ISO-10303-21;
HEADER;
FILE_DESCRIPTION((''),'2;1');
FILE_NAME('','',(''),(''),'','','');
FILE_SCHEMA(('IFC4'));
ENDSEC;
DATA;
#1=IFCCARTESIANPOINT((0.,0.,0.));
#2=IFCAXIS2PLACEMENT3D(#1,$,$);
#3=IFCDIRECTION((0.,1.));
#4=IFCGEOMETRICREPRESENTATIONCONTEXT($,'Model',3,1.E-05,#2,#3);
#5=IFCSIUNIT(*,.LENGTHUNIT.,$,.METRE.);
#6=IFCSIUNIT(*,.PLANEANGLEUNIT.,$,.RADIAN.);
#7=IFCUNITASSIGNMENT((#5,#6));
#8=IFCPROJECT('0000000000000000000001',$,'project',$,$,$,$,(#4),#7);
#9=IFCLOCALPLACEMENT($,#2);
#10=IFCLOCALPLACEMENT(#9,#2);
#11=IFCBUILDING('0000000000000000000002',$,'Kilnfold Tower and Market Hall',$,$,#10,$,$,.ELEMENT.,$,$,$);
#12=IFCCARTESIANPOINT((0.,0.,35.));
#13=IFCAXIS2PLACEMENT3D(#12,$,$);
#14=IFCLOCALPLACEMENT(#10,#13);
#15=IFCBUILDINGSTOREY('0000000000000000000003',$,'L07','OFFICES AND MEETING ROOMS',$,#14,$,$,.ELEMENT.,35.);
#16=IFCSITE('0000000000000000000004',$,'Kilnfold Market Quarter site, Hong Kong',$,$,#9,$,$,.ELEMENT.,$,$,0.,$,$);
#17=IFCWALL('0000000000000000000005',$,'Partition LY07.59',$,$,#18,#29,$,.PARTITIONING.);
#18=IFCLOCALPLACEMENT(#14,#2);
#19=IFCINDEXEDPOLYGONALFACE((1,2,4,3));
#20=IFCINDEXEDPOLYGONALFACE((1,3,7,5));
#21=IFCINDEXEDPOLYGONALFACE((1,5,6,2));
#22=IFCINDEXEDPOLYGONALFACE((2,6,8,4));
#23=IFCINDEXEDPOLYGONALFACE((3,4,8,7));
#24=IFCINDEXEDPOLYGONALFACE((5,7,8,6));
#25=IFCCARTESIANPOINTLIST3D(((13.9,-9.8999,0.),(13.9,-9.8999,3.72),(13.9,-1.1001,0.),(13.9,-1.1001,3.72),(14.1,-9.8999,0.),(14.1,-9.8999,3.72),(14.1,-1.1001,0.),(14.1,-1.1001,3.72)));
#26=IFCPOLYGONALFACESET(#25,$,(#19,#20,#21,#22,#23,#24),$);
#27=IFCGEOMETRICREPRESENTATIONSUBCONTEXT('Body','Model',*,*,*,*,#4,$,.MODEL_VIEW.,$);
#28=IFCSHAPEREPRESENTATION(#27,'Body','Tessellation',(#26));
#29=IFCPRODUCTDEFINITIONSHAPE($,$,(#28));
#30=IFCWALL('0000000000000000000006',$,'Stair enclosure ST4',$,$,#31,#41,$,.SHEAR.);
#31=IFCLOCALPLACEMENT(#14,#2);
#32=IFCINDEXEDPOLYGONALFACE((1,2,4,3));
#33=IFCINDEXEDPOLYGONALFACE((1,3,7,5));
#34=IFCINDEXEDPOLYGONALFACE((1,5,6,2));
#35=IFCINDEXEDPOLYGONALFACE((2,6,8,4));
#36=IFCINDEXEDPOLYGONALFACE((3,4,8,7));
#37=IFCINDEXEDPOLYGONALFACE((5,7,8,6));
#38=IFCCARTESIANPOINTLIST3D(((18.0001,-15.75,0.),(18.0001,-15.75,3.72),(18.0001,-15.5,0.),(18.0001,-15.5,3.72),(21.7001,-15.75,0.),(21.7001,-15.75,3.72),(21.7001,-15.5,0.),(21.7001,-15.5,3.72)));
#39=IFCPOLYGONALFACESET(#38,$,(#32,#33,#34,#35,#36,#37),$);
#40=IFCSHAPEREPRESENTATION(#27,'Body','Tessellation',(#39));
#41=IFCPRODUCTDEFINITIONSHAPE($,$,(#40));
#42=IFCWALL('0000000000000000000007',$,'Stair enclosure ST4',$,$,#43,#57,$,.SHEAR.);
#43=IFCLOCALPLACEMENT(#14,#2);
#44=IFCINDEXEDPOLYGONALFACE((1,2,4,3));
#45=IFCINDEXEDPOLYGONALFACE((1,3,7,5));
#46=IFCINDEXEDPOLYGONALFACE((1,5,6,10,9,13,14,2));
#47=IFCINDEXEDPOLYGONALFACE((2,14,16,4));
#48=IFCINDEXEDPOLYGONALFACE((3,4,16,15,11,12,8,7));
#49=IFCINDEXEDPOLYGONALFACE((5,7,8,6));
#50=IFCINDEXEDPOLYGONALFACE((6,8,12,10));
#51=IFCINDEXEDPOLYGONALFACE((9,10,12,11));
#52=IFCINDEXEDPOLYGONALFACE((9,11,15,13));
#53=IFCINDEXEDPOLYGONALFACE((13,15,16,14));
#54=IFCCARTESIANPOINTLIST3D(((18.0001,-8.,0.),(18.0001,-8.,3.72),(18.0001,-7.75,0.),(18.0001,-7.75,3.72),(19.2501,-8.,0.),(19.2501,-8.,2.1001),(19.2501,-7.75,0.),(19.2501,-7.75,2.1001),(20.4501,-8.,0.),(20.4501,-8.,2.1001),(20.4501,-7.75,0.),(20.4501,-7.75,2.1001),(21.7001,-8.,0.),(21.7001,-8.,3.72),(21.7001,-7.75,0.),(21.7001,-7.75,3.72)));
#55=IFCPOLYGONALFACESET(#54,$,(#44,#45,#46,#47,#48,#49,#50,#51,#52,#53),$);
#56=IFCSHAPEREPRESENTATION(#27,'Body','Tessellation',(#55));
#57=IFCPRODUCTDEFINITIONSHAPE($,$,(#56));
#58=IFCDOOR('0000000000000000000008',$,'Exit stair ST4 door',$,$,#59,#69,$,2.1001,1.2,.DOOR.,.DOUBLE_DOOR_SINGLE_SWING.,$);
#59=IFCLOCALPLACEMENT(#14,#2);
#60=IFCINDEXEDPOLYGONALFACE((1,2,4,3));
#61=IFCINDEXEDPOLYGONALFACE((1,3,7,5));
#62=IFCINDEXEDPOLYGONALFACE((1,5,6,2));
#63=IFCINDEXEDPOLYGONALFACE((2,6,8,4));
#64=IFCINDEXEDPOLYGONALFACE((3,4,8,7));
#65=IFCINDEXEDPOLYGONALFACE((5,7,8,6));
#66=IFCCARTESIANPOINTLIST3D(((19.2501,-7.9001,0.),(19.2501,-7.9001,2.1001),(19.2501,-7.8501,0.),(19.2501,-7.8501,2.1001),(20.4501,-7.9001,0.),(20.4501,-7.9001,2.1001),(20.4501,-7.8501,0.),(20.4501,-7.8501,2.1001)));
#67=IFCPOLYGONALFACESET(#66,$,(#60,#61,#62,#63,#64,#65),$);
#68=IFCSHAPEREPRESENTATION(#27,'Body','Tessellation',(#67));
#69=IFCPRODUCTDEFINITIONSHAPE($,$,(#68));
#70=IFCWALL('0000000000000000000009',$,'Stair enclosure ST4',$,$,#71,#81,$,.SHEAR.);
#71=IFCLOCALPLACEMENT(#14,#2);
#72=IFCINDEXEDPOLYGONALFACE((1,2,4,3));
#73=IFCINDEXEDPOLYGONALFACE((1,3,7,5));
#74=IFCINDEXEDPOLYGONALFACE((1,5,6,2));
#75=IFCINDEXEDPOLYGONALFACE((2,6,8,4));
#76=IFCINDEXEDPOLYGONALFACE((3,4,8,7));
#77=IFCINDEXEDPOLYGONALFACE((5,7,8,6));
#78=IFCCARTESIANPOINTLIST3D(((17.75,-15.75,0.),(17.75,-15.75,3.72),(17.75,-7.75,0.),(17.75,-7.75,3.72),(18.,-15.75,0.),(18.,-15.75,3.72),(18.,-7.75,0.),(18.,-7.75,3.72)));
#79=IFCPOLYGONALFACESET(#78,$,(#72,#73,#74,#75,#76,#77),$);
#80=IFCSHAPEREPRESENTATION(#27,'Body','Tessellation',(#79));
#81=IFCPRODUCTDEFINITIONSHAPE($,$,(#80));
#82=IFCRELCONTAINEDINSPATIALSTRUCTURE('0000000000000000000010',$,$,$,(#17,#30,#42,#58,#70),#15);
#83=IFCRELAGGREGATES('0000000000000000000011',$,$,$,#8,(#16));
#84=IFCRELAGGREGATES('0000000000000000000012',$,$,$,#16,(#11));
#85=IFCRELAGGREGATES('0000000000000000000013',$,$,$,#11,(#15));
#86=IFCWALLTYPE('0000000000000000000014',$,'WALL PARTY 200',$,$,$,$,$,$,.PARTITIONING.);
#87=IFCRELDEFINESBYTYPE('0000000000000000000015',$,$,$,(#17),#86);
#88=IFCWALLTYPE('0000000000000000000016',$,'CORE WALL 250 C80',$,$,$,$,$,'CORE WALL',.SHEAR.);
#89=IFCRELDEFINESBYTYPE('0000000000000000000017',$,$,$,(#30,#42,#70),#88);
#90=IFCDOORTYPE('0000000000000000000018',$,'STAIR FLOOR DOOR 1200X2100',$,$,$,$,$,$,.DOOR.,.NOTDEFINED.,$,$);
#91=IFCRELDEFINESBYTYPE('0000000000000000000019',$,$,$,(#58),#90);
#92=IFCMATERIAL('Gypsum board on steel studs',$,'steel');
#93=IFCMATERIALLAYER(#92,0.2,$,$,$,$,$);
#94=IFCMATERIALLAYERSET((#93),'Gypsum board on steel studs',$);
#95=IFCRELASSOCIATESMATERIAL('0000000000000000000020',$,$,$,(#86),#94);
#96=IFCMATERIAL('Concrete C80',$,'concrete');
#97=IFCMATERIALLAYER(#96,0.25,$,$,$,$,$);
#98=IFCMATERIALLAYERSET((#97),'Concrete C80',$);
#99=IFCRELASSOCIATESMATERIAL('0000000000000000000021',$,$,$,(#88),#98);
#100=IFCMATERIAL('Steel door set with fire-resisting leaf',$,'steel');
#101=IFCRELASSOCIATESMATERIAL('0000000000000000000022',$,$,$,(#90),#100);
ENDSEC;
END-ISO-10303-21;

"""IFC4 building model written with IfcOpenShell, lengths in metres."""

from ifc_helpers import new_model, si_unit, direction, frame, frame_2d, origin, place, context, subcontext, project, spatial, rectangle, extrude, source, transform, mapped, material, layer, layer_set, type_object, element, fill, save


model = new_model("IFC4")

# Units and contexts
model_context = context("Model", 3, precision=1e-05, world=origin(), true_north=direction((0.0, 1.0)))
body_context = subcontext(model_context, "Body", "Model", "MODEL_VIEW")
ifc_project = project(units=[si_unit("LENGTHUNIT", "METRE"), si_unit("PLANEANGLEUNIT", "RADIAN")], contexts=[model_context])

# Site, building, storey
site_placement = place(None, origin())
site = spatial("IfcSite", under=ifc_project, at=site_placement, Name="Kilnfold Market Quarter site, Hong Kong", CompositionType="ELEMENT", RefElevation=0.0)
building_placement = place(site_placement, origin())
building = spatial("IfcBuilding", under=site, at=building_placement, Name="Kilnfold Tower and Market Hall", CompositionType="ELEMENT")
storey_placement = place(building_placement, frame((0.0, 0.0, 35.0)))
storey = spatial("IfcBuildingStorey", under=building, at=storey_placement, Name="L07", Description="OFFICES AND MEETING ROOMS", CompositionType="ELEMENT", Elevation=35.0)

# Shared definitions
ifc_material_1 = material(Name="Gypsum board on steel studs", Category="steel")
ifc_layer_1 = layer(ifc_material_1, 0.2)
ifc_layer_set_1 = layer_set([ifc_layer_1], Name="Gypsum board on steel studs")
wall_type_1 = type_object("IfcWallType", Name="WALL PARTY 200", PredefinedType="PARTITIONING", material=ifc_layer_set_1)

# Walls
wall_1_placement = place(storey_placement, frame((14.0, -9.8999, 0.0), z_axis=(0.0, 0.0, 1.0), x_axis=(0.0, 1.0, 0.0)))
element("IfcWall", 1, at=wall_1_placement, inside=storey, type_object=wall_type_1, Name="Partition LY07.59", PredefinedType="PARTITIONING", context=body_context, shape_type="SweptSolid", body=[
    extrude(rectangle(XDim=8.7998, YDim=0.2, at=frame_2d((4.3999, 0.0))), origin(), (0.0, 0.0, 1.0), 3.72),
])
ifc_material_2 = material(Name="Concrete C80", Category="concrete")
ifc_layer_2 = layer(ifc_material_2, 0.25)
ifc_layer_set_2 = layer_set([ifc_layer_2], Name="Concrete C80")
wall_type_2 = type_object("IfcWallType", Name="CORE WALL 250 C80", ElementType="CORE WALL", PredefinedType="SHEAR", material=ifc_layer_set_2)
shared_shape_1 = source(origin(), body_context, "Body", "SweptSolid", [
    extrude(rectangle(XDim=3.7, YDim=0.25, at=frame_2d((1.8501, 0.0))), origin(), (0.0, 0.0, 1.0), 3.72),
])
wall_2_placement = place(storey_placement, frame((18.0, -15.625, 0.0), z_axis=(0.0, 0.0, 1.0), x_axis=(1.0, 0.0, 0.0)))
element("IfcWall", 2, at=wall_2_placement, inside=storey, type_object=wall_type_2, Name="Stair enclosure ST4", PredefinedType="SHEAR", context=body_context, shape_type="MappedRepresentation", body=[
    mapped(shared_shape_1, transform((0.0, 0.0, 0.0))),
])

# Wall, opening, door
wall_3_placement = place(storey_placement, frame((18.0, -7.875, 0.0), z_axis=(0.0, 0.0, 1.0), x_axis=(1.0, 0.0, 0.0)))
wall_3 = element("IfcWall", 3, at=wall_3_placement, inside=storey, type_object=wall_type_2, Name="Stair enclosure ST4", PredefinedType="SHEAR", context=body_context, shape_type="MappedRepresentation", body=[
    mapped(shared_shape_1, transform((0.0, 0.0, 0.0))),
])
opening_1_placement = place(wall_3_placement, frame((1.25, 0.0, 0.0)))
opening_1 = element("IfcOpeningElement", 4, at=opening_1_placement, cuts=wall_3, PredefinedType="OPENING", context=body_context, shape_type="SweptSolid", body=[
    extrude(rectangle(XDim=1.2, YDim=2.1001, at=frame_2d((0.6001, 1.05))), frame((0.0, 0.135, 0.0), z_axis=(0.0, -1.0, 0.0), x_axis=(1.0, 0.0, 0.0)), (0.0, 0.0, 1.0), 0.27),
])
ifc_material_3 = material(Name="Steel door set with fire-resisting leaf", Category="steel")
door_type_1 = type_object("IfcDoorType", Name="STAIR FLOOR DOOR 1200X2100", OperationType="NOTDEFINED", PredefinedType="DOOR", material=ifc_material_3)
door_1_placement = place(opening_1_placement, origin())
door_1 = element("IfcDoor", 5, at=door_1_placement, inside=storey, type_object=door_type_1, Name="Exit stair ST4 door", OperationType="DOUBLE_DOOR_SINGLE_SWING", OverallHeight=2.1001, OverallWidth=1.2, PredefinedType="DOOR", context=body_context, shape_type="SweptSolid", body=[
    extrude(rectangle(XDim=1.2, YDim=2.1001, at=frame_2d((0.6001, 1.05))), frame((0.0, 0.0249, 0.0), z_axis=(0.0, -1.0, 0.0), x_axis=(1.0, 0.0, 0.0)), (0.0, 0.0, 1.0), 0.05),
])
fill(opening_1, door_1)

# Wall
shared_shape_2 = source(origin(), body_context, "Body", "SweptSolid", [
    extrude(rectangle(XDim=8.0, YDim=0.25, at=frame_2d((4.0, 0.0))), origin(), (0.0, 0.0, 1.0), 3.72),
])
wall_4_placement = place(storey_placement, frame((17.875, -15.75, 0.0), z_axis=(0.0, 0.0, 1.0), x_axis=(0.0, 1.0, 0.0)))
element("IfcWall", 6, at=wall_4_placement, inside=storey, type_object=wall_type_2, Name="Stair enclosure ST4", PredefinedType="SHEAR", context=body_context, shape_type="MappedRepresentation", body=[
    mapped(shared_shape_2, transform((0.0, 0.0, 0.0))),
])

save(model, "model.ifc")
